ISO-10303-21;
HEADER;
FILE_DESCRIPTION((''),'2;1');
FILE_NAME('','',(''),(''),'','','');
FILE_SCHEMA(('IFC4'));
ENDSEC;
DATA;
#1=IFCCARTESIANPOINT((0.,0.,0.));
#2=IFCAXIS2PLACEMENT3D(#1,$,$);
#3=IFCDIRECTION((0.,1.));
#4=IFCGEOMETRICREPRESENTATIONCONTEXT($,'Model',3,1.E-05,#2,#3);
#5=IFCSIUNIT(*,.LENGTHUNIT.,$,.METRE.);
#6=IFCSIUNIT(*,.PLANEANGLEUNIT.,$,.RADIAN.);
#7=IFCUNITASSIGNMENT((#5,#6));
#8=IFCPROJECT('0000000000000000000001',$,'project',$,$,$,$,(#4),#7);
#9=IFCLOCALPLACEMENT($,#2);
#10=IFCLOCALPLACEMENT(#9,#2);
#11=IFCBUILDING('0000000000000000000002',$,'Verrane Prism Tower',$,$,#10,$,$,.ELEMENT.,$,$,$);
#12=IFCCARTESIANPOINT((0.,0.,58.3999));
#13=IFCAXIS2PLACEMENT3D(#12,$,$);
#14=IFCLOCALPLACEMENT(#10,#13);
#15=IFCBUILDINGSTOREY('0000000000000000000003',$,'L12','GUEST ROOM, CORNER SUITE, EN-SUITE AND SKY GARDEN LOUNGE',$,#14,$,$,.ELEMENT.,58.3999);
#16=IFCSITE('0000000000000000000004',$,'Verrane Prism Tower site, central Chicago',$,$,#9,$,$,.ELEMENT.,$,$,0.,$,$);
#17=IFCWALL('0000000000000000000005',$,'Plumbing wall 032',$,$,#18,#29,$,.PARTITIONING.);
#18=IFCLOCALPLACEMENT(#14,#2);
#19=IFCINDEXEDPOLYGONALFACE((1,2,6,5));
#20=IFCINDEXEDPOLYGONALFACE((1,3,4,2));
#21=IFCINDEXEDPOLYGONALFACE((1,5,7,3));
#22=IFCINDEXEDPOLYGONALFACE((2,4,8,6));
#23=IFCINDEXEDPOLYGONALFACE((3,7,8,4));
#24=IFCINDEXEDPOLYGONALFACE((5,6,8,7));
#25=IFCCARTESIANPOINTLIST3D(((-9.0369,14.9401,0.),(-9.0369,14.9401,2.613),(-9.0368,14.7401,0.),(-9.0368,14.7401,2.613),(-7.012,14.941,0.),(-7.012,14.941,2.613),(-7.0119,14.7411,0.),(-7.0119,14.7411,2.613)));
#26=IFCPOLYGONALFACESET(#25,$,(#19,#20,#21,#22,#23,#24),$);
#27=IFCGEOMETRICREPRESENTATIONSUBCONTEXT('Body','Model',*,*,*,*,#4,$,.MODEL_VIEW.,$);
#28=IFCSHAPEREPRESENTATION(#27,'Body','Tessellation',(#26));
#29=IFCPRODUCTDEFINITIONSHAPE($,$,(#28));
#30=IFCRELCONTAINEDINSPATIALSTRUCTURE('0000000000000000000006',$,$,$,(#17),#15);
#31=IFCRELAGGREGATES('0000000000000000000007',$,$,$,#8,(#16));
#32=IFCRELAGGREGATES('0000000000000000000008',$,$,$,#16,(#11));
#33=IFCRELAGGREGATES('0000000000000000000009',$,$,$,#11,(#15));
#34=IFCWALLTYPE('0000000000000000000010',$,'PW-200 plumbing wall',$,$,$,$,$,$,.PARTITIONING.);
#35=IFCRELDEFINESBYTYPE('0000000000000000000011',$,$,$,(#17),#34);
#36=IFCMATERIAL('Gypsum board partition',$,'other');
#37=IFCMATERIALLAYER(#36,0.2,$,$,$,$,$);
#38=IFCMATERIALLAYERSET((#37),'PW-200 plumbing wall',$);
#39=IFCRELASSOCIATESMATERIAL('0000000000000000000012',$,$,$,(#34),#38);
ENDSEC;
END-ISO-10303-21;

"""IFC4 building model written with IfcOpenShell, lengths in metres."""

from ifc_helpers import new_model, si_unit, direction, frame, frame_2d, origin, place, context, subcontext, project, spatial, rectangle, extrude, material, layer, layer_set, type_object, element, save


model = new_model("IFC4")

# Units and contexts
model_context = context("Model", 3, precision=1e-05, world=origin(), true_north=direction((0.0, 1.0)))
body_context = subcontext(model_context, "Body", "Model", "MODEL_VIEW")
ifc_project = project(units=[si_unit("LENGTHUNIT", "METRE"), si_unit("PLANEANGLEUNIT", "RADIAN")], contexts=[model_context])

# Site, building, storey
site_placement = place(None, origin())
site = spatial("IfcSite", under=ifc_project, at=site_placement, Name="Verrane Prism Tower site, central Chicago", CompositionType="ELEMENT", RefElevation=0.0)
building_placement = place(site_placement, origin())
building = spatial("IfcBuilding", under=site, at=building_placement, Name="Verrane Prism Tower", CompositionType="ELEMENT")
storey_placement = place(building_placement, frame((0.0, 0.0, 58.3999)))
storey = spatial("IfcBuildingStorey", under=building, at=storey_placement, Name="L12", Description="GUEST ROOM, CORNER SUITE, EN-SUITE AND SKY GARDEN LOUNGE", CompositionType="ELEMENT", Elevation=58.3999)

# Shared definitions
ifc_material_1 = material(Name="Gypsum board partition", Category="other")
ifc_layer_1 = layer(ifc_material_1, 0.2)
ifc_layer_set_1 = layer_set([ifc_layer_1], Name="PW-200 plumbing wall")
wall_type_1 = type_object("IfcWallType", Name="PW-200 plumbing wall", PredefinedType="PARTITIONING", material=ifc_layer_set_1)

# Wall
wall_1_placement = place(storey_placement, frame((-9.0369, 14.8401, 0.0), z_axis=(0.0, 0.0, 1.0), x_axis=(1.0, 0.000482, 0.0)))
element("IfcWall", 1, at=wall_1_placement, inside=storey, type_object=wall_type_1, Name="Plumbing wall 032", PredefinedType="PARTITIONING", context=body_context, shape_type="SweptSolid", body=[
    extrude(rectangle(XDim=2.0249, YDim=0.2, at=frame_2d((1.0125, 0.0))), origin(), (0.0, 0.0, 1.0), 2.613),
])

save(model, "model.ifc")
